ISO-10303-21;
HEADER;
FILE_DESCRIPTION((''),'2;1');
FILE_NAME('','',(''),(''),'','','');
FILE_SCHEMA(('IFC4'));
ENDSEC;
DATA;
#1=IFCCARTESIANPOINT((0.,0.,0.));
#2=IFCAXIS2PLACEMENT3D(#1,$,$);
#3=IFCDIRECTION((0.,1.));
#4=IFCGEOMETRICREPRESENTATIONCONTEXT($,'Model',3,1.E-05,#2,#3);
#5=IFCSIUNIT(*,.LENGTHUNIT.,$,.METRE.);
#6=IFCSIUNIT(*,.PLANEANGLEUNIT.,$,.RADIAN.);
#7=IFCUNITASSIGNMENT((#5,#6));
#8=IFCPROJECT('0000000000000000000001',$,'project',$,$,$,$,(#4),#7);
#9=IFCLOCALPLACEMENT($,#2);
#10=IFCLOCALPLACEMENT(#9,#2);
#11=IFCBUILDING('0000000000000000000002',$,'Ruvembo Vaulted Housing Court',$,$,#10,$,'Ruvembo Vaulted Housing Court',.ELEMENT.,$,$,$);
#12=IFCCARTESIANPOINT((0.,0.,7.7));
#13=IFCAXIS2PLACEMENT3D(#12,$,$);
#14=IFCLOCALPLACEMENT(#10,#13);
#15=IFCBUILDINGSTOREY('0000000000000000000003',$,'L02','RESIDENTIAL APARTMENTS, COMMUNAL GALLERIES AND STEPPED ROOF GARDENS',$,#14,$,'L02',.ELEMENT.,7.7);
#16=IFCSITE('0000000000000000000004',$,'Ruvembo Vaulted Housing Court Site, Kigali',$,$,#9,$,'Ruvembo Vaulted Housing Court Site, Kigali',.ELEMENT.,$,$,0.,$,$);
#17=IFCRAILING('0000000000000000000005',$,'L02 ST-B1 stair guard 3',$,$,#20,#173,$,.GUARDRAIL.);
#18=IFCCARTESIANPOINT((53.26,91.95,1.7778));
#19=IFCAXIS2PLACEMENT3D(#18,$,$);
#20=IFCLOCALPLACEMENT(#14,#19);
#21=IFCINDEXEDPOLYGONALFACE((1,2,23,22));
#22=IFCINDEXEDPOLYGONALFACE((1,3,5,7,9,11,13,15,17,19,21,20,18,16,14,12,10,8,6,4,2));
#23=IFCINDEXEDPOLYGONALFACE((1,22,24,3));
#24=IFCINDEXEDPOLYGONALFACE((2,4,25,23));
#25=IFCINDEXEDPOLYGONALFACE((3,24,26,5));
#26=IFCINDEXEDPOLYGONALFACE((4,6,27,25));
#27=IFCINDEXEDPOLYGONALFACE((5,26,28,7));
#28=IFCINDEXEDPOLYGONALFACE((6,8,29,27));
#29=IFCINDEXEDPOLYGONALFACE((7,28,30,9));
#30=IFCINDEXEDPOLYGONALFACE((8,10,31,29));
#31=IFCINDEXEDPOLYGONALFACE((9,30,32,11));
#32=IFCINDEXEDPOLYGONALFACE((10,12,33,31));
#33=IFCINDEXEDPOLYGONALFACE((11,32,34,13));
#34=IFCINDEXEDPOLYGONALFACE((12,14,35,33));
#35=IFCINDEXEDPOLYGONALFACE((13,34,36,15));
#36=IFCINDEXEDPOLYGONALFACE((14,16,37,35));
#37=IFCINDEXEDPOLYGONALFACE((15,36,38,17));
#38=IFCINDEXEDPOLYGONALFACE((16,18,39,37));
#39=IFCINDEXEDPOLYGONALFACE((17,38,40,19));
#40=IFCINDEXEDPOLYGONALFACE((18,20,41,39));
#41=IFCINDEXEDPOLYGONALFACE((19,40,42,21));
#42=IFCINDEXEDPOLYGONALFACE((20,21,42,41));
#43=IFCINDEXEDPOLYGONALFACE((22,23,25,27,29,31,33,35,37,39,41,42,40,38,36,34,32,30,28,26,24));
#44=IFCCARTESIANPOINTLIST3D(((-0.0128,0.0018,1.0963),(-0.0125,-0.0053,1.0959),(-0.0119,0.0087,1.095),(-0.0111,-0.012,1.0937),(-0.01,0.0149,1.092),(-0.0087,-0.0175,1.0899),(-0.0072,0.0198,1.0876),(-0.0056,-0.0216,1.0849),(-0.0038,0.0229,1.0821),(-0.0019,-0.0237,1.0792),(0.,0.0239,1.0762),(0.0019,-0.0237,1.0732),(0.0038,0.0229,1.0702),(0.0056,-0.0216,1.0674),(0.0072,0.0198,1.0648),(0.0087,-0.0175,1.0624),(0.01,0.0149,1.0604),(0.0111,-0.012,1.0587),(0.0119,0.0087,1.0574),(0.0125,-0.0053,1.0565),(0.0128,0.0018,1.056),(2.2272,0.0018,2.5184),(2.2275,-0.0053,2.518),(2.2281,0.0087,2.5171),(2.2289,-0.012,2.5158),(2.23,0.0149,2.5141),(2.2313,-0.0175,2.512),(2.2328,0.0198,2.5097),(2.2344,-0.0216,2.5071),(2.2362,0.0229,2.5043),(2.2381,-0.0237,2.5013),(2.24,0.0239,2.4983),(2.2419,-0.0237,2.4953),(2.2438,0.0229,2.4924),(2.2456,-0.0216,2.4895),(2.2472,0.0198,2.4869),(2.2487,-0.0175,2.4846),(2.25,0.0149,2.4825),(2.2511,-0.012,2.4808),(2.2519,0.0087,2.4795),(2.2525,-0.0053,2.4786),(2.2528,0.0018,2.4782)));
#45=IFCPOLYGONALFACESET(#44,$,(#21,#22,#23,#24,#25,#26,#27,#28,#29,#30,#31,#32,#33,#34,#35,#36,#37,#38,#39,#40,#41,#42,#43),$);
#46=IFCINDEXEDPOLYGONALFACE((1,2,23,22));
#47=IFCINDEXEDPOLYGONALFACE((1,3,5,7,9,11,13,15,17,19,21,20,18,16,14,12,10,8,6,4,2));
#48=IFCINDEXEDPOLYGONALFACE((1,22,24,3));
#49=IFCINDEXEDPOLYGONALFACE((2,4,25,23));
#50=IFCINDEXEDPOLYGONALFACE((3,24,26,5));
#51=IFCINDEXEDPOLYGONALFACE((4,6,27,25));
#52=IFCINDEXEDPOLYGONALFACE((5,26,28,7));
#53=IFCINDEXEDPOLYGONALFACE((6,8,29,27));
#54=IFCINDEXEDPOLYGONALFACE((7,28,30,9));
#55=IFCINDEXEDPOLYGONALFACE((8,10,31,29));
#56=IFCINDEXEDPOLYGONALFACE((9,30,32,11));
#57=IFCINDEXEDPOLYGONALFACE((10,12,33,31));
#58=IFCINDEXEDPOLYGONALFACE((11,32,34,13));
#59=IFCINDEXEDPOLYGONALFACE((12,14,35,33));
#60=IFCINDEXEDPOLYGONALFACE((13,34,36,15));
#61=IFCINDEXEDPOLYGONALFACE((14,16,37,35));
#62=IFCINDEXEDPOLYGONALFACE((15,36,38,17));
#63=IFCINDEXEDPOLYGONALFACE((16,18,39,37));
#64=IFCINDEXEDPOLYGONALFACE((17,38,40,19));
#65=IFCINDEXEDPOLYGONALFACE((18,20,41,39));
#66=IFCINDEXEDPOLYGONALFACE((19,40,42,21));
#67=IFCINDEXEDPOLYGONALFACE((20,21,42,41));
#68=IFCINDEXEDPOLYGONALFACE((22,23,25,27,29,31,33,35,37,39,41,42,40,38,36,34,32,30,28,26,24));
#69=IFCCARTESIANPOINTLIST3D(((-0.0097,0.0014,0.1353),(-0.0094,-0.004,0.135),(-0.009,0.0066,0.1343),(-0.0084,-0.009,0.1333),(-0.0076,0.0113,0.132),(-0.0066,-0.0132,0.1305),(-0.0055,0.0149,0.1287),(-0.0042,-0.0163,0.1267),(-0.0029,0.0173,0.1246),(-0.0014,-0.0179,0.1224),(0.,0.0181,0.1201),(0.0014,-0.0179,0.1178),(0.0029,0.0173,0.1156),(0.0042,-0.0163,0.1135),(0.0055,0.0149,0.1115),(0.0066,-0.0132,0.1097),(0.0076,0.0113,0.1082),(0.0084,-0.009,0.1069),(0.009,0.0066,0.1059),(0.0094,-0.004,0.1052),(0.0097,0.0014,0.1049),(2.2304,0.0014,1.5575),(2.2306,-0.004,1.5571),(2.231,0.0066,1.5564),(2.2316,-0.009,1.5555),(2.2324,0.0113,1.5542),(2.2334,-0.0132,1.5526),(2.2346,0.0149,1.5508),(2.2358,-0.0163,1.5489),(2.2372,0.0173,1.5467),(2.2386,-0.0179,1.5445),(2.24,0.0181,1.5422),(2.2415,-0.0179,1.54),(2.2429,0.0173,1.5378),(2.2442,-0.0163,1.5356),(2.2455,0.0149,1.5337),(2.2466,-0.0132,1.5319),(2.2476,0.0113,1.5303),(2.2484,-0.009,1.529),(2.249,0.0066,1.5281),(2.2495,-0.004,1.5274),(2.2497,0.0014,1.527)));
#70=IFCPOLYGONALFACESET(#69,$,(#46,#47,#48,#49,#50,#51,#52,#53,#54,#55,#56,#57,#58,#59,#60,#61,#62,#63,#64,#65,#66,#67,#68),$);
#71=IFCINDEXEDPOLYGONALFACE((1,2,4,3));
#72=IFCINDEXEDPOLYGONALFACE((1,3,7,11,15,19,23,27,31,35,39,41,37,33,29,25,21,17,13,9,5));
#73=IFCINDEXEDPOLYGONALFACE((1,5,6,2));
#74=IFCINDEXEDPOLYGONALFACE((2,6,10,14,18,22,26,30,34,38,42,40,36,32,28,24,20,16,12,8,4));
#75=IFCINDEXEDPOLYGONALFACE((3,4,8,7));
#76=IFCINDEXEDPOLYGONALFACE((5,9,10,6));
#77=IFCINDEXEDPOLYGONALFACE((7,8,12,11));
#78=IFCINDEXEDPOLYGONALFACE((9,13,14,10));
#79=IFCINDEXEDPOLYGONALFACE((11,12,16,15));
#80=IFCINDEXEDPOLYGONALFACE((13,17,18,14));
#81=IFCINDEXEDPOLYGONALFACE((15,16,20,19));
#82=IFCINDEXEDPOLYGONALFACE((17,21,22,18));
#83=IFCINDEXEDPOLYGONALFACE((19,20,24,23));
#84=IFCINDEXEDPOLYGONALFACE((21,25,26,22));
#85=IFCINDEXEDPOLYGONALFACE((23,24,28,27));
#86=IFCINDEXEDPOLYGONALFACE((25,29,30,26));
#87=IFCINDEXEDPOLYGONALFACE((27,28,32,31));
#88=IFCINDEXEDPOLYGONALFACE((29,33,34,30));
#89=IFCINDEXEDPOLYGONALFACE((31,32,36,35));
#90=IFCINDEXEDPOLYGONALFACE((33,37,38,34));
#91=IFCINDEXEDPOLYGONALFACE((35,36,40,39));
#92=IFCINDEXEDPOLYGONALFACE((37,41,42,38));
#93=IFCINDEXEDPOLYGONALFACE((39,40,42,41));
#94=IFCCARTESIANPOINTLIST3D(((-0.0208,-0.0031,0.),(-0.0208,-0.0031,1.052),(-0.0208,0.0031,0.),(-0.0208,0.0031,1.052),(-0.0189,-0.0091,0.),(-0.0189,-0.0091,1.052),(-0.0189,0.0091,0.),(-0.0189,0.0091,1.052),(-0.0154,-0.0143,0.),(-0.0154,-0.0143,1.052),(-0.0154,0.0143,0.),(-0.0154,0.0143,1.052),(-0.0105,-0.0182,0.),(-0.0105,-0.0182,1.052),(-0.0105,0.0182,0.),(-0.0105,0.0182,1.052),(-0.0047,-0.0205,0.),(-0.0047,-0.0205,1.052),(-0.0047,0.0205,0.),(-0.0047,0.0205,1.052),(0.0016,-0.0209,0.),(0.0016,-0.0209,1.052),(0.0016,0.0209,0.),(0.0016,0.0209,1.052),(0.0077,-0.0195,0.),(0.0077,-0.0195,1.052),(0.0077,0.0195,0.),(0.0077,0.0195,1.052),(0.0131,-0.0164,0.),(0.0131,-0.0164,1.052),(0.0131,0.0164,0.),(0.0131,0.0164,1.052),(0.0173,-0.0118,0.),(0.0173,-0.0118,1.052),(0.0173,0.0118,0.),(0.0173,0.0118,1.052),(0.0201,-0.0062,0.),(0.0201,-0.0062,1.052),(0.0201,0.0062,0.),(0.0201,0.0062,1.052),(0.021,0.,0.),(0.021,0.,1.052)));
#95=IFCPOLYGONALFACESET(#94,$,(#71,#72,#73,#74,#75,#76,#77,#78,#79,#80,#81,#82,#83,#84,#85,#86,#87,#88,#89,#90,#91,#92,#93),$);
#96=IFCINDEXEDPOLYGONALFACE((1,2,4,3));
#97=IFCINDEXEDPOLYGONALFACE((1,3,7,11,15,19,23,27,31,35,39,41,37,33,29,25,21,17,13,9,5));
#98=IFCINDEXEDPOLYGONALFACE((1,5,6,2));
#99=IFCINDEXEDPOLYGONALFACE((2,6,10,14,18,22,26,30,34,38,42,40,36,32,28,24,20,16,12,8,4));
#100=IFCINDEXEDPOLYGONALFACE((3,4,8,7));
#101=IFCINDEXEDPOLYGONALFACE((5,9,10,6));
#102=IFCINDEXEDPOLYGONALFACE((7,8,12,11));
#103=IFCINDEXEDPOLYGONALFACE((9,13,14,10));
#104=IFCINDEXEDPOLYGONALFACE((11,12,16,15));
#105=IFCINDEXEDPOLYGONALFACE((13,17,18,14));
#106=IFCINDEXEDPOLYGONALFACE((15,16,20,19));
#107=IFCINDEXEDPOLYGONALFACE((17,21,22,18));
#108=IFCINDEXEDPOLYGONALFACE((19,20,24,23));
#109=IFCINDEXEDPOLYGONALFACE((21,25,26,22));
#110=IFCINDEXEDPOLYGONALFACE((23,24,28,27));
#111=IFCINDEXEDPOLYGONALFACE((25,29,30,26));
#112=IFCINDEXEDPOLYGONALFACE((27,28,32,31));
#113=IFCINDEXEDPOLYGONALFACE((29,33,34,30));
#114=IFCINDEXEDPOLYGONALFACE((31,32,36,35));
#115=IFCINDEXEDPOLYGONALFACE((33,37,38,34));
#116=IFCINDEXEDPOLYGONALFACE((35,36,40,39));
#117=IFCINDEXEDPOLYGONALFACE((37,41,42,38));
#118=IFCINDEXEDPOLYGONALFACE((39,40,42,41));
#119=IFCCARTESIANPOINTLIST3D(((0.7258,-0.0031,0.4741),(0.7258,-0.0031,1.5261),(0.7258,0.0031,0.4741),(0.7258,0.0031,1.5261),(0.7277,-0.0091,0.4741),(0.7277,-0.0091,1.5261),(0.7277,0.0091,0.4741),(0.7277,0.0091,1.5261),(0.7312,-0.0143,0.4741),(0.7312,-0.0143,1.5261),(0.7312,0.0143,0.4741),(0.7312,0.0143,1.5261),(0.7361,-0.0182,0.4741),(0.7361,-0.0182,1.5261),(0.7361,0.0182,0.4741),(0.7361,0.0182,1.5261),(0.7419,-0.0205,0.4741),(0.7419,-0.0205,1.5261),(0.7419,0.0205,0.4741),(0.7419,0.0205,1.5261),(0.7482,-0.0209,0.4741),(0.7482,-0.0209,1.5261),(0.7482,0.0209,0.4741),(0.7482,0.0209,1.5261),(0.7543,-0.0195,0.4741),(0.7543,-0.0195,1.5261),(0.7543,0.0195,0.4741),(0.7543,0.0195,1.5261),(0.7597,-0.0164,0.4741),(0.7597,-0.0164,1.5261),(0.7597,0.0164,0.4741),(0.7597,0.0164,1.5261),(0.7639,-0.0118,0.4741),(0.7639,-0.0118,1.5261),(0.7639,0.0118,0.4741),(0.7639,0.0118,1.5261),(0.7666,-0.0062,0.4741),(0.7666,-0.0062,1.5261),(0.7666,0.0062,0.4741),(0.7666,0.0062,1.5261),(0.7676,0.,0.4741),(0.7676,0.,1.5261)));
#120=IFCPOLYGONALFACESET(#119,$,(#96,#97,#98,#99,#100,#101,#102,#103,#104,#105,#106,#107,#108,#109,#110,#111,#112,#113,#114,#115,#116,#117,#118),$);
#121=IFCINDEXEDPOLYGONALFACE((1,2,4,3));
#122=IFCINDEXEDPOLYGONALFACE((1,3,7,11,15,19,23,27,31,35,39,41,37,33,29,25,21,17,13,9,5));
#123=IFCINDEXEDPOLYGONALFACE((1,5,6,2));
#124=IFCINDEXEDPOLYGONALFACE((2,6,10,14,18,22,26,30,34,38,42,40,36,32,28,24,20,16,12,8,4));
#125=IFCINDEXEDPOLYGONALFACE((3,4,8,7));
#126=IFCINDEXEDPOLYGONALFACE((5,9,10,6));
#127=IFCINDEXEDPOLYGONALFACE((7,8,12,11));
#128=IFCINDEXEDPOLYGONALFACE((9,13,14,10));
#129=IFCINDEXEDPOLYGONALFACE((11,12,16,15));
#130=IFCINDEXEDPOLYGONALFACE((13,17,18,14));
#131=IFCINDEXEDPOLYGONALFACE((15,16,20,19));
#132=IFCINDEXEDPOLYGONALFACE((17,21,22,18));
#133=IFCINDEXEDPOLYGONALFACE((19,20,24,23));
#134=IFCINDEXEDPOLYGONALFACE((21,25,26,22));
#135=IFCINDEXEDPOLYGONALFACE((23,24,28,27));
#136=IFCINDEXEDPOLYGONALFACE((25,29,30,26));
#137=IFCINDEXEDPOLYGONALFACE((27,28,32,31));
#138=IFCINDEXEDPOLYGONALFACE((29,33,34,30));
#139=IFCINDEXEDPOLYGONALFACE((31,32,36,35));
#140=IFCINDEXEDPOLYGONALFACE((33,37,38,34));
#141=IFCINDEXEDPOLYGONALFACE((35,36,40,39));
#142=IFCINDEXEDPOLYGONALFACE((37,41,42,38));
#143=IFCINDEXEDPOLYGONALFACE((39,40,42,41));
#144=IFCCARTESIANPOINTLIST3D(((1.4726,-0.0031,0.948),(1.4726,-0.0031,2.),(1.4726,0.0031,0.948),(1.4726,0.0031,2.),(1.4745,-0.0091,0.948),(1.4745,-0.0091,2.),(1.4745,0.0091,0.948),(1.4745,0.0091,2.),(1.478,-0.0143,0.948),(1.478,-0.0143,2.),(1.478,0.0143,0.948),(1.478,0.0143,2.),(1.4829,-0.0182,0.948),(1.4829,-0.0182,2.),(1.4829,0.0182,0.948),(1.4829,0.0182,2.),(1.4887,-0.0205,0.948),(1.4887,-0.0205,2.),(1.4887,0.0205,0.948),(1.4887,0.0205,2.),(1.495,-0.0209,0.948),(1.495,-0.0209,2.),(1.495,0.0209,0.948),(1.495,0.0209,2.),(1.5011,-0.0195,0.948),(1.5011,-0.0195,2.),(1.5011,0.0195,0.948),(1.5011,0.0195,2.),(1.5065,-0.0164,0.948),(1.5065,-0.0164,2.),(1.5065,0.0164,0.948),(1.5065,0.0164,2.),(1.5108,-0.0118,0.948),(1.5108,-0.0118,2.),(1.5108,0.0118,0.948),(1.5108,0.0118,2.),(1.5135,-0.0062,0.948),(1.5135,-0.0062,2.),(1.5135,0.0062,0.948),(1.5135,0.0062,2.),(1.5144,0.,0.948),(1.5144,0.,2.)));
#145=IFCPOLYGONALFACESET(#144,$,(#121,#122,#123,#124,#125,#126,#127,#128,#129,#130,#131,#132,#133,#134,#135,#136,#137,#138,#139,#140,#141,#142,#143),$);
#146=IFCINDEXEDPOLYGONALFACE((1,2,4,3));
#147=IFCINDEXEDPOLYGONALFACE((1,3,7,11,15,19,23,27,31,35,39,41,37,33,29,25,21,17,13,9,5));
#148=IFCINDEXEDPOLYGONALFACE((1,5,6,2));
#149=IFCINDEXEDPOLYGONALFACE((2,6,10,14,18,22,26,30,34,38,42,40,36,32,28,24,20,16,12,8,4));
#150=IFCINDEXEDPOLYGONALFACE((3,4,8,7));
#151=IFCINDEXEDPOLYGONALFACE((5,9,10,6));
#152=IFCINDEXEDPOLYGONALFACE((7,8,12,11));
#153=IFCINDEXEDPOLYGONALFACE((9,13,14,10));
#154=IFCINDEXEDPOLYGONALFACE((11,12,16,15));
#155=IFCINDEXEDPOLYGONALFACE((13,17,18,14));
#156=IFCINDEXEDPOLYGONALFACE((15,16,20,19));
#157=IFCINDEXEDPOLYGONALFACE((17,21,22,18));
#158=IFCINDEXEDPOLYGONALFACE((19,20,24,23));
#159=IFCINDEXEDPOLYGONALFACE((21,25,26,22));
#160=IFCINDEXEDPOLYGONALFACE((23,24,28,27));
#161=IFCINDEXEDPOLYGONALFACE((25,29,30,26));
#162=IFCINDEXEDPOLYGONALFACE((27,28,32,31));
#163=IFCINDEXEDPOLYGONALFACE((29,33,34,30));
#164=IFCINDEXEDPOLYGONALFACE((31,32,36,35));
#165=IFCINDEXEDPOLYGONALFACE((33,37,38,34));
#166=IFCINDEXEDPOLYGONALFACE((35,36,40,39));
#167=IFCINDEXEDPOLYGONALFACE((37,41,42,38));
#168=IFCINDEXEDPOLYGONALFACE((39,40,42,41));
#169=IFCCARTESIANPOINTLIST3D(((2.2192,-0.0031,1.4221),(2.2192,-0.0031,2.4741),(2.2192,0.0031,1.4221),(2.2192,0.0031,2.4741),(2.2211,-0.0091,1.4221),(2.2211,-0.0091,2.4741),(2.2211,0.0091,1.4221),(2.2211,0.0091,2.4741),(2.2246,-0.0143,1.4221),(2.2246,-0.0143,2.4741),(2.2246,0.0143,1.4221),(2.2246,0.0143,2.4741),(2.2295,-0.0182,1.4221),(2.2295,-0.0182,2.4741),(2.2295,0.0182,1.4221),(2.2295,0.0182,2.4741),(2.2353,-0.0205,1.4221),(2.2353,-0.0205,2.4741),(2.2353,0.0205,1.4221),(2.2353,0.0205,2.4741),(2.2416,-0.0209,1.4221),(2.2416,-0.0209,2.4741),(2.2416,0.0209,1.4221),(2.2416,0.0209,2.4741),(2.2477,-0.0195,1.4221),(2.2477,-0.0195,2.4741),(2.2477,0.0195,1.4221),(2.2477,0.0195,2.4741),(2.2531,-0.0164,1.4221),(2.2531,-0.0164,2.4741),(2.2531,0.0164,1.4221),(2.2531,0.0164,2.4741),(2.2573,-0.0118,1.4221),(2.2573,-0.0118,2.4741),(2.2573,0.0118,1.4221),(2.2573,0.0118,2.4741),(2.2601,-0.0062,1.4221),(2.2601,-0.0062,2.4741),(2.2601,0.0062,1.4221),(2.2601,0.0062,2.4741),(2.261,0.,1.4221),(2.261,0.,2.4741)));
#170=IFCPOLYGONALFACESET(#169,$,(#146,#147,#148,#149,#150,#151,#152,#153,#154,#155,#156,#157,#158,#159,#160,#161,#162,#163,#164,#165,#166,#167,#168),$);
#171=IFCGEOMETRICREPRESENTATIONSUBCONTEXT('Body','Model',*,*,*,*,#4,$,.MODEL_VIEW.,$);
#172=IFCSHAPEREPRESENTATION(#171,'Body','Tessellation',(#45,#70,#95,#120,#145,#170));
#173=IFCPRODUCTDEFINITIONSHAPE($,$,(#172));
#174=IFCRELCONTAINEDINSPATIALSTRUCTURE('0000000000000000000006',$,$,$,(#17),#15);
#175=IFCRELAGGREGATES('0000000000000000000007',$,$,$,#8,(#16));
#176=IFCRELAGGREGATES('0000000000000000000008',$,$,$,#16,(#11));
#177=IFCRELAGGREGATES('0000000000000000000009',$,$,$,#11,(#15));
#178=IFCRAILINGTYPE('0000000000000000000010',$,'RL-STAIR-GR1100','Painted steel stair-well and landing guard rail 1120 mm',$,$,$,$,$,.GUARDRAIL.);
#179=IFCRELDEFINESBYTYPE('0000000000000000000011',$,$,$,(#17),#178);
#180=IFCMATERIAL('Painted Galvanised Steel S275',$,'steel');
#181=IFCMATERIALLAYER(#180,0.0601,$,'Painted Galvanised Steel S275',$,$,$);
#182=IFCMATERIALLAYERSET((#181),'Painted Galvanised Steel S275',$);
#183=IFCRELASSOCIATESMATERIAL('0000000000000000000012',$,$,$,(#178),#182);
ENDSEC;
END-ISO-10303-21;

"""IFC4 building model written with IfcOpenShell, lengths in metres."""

from ifc_helpers import new_model, si_unit, direction, frame, origin, origin_2d, place, context, subcontext, project, spatial, circle, extrude, material, layer, layer_set, type_object, element, save


model = new_model("IFC4")

# Units and contexts
model_context = context("Model", 3, precision=1e-05, world=origin(), true_north=direction((0.0, 1.0)))
body_context = subcontext(model_context, "Body", "Model", "MODEL_VIEW")
ifc_project = project(units=[si_unit("LENGTHUNIT", "METRE"), si_unit("PLANEANGLEUNIT", "RADIAN")], contexts=[model_context])

# Site, building, storey
site_placement = place(None, origin())
site = spatial("IfcSite", under=ifc_project, at=site_placement, Name="Ruvembo Vaulted Housing Court Site, Kigali", LongName="Ruvembo Vaulted Housing Court Site, Kigali", CompositionType="ELEMENT", RefElevation=0.0)
building_placement = place(site_placement, origin())
building = spatial("IfcBuilding", under=site, at=building_placement, Name="Ruvembo Vaulted Housing Court", LongName="Ruvembo Vaulted Housing Court", CompositionType="ELEMENT")
storey_placement = place(building_placement, frame((0.0, 0.0, 7.7)))
storey = spatial("IfcBuildingStorey", under=building, at=storey_placement, Name="L02", Description="RESIDENTIAL APARTMENTS, COMMUNAL GALLERIES AND STEPPED ROOF GARDENS", LongName="L02", CompositionType="ELEMENT", Elevation=7.7)

# Railing
ifc_material_1 = material(Name="Painted Galvanised Steel S275", Category="steel")
ifc_layer_1 = layer(ifc_material_1, 0.0601, Name="Painted Galvanised Steel S275")
ifc_layer_set_1 = layer_set([ifc_layer_1], Name="Painted Galvanised Steel S275")
railing_type_1 = type_object("IfcRailingType", Name="RL-STAIR-GR1100", Description="Painted steel stair-well and landing guard rail 1120 mm", PredefinedType="GUARDRAIL", material=ifc_layer_set_1)
railing_1_placement = place(storey_placement, frame((53.26, 91.95, 1.7778)))
element("IfcRailing", 1, at=railing_1_placement, inside=storey, type_object=railing_type_1, Name="L02 ST-B1 stair guard 3", PredefinedType="GUARDRAIL", context=body_context, shape_type="SweptSolid", body=[
    extrude(circle(Radius=0.0239, at=origin_2d()), frame((0.0, 0.0, 1.0762), z_axis=(0.844229, 0.0, 0.535982), x_axis=(0.0, 1.0, 0.0)), (0.0, 0.0, 1.0), 2.6533),
    extrude(circle(Radius=0.0181, at=origin_2d()), frame((0.0, 0.0, 0.1201), z_axis=(0.844229, 0.0, 0.535982), x_axis=(0.0, 1.0, 0.0)), (0.0, 0.0, 1.0), 2.6533),
    extrude(circle(Radius=0.021, at=origin_2d()), origin(), (0.0, 0.0, 1.0), 1.052),
    extrude(circle(Radius=0.021, at=origin_2d()), frame((0.7466, 0.0, 0.4741)), (0.0, 0.0, 1.0), 1.052),
    extrude(circle(Radius=0.021, at=origin_2d()), frame((1.4934, 0.0, 0.948)), (0.0, 0.0, 1.0), 1.052),
    extrude(circle(Radius=0.021, at=origin_2d()), frame((2.24, 0.0, 1.4221)), (0.0, 0.0, 1.0), 1.052),
])

save(model, "model.ifc")
